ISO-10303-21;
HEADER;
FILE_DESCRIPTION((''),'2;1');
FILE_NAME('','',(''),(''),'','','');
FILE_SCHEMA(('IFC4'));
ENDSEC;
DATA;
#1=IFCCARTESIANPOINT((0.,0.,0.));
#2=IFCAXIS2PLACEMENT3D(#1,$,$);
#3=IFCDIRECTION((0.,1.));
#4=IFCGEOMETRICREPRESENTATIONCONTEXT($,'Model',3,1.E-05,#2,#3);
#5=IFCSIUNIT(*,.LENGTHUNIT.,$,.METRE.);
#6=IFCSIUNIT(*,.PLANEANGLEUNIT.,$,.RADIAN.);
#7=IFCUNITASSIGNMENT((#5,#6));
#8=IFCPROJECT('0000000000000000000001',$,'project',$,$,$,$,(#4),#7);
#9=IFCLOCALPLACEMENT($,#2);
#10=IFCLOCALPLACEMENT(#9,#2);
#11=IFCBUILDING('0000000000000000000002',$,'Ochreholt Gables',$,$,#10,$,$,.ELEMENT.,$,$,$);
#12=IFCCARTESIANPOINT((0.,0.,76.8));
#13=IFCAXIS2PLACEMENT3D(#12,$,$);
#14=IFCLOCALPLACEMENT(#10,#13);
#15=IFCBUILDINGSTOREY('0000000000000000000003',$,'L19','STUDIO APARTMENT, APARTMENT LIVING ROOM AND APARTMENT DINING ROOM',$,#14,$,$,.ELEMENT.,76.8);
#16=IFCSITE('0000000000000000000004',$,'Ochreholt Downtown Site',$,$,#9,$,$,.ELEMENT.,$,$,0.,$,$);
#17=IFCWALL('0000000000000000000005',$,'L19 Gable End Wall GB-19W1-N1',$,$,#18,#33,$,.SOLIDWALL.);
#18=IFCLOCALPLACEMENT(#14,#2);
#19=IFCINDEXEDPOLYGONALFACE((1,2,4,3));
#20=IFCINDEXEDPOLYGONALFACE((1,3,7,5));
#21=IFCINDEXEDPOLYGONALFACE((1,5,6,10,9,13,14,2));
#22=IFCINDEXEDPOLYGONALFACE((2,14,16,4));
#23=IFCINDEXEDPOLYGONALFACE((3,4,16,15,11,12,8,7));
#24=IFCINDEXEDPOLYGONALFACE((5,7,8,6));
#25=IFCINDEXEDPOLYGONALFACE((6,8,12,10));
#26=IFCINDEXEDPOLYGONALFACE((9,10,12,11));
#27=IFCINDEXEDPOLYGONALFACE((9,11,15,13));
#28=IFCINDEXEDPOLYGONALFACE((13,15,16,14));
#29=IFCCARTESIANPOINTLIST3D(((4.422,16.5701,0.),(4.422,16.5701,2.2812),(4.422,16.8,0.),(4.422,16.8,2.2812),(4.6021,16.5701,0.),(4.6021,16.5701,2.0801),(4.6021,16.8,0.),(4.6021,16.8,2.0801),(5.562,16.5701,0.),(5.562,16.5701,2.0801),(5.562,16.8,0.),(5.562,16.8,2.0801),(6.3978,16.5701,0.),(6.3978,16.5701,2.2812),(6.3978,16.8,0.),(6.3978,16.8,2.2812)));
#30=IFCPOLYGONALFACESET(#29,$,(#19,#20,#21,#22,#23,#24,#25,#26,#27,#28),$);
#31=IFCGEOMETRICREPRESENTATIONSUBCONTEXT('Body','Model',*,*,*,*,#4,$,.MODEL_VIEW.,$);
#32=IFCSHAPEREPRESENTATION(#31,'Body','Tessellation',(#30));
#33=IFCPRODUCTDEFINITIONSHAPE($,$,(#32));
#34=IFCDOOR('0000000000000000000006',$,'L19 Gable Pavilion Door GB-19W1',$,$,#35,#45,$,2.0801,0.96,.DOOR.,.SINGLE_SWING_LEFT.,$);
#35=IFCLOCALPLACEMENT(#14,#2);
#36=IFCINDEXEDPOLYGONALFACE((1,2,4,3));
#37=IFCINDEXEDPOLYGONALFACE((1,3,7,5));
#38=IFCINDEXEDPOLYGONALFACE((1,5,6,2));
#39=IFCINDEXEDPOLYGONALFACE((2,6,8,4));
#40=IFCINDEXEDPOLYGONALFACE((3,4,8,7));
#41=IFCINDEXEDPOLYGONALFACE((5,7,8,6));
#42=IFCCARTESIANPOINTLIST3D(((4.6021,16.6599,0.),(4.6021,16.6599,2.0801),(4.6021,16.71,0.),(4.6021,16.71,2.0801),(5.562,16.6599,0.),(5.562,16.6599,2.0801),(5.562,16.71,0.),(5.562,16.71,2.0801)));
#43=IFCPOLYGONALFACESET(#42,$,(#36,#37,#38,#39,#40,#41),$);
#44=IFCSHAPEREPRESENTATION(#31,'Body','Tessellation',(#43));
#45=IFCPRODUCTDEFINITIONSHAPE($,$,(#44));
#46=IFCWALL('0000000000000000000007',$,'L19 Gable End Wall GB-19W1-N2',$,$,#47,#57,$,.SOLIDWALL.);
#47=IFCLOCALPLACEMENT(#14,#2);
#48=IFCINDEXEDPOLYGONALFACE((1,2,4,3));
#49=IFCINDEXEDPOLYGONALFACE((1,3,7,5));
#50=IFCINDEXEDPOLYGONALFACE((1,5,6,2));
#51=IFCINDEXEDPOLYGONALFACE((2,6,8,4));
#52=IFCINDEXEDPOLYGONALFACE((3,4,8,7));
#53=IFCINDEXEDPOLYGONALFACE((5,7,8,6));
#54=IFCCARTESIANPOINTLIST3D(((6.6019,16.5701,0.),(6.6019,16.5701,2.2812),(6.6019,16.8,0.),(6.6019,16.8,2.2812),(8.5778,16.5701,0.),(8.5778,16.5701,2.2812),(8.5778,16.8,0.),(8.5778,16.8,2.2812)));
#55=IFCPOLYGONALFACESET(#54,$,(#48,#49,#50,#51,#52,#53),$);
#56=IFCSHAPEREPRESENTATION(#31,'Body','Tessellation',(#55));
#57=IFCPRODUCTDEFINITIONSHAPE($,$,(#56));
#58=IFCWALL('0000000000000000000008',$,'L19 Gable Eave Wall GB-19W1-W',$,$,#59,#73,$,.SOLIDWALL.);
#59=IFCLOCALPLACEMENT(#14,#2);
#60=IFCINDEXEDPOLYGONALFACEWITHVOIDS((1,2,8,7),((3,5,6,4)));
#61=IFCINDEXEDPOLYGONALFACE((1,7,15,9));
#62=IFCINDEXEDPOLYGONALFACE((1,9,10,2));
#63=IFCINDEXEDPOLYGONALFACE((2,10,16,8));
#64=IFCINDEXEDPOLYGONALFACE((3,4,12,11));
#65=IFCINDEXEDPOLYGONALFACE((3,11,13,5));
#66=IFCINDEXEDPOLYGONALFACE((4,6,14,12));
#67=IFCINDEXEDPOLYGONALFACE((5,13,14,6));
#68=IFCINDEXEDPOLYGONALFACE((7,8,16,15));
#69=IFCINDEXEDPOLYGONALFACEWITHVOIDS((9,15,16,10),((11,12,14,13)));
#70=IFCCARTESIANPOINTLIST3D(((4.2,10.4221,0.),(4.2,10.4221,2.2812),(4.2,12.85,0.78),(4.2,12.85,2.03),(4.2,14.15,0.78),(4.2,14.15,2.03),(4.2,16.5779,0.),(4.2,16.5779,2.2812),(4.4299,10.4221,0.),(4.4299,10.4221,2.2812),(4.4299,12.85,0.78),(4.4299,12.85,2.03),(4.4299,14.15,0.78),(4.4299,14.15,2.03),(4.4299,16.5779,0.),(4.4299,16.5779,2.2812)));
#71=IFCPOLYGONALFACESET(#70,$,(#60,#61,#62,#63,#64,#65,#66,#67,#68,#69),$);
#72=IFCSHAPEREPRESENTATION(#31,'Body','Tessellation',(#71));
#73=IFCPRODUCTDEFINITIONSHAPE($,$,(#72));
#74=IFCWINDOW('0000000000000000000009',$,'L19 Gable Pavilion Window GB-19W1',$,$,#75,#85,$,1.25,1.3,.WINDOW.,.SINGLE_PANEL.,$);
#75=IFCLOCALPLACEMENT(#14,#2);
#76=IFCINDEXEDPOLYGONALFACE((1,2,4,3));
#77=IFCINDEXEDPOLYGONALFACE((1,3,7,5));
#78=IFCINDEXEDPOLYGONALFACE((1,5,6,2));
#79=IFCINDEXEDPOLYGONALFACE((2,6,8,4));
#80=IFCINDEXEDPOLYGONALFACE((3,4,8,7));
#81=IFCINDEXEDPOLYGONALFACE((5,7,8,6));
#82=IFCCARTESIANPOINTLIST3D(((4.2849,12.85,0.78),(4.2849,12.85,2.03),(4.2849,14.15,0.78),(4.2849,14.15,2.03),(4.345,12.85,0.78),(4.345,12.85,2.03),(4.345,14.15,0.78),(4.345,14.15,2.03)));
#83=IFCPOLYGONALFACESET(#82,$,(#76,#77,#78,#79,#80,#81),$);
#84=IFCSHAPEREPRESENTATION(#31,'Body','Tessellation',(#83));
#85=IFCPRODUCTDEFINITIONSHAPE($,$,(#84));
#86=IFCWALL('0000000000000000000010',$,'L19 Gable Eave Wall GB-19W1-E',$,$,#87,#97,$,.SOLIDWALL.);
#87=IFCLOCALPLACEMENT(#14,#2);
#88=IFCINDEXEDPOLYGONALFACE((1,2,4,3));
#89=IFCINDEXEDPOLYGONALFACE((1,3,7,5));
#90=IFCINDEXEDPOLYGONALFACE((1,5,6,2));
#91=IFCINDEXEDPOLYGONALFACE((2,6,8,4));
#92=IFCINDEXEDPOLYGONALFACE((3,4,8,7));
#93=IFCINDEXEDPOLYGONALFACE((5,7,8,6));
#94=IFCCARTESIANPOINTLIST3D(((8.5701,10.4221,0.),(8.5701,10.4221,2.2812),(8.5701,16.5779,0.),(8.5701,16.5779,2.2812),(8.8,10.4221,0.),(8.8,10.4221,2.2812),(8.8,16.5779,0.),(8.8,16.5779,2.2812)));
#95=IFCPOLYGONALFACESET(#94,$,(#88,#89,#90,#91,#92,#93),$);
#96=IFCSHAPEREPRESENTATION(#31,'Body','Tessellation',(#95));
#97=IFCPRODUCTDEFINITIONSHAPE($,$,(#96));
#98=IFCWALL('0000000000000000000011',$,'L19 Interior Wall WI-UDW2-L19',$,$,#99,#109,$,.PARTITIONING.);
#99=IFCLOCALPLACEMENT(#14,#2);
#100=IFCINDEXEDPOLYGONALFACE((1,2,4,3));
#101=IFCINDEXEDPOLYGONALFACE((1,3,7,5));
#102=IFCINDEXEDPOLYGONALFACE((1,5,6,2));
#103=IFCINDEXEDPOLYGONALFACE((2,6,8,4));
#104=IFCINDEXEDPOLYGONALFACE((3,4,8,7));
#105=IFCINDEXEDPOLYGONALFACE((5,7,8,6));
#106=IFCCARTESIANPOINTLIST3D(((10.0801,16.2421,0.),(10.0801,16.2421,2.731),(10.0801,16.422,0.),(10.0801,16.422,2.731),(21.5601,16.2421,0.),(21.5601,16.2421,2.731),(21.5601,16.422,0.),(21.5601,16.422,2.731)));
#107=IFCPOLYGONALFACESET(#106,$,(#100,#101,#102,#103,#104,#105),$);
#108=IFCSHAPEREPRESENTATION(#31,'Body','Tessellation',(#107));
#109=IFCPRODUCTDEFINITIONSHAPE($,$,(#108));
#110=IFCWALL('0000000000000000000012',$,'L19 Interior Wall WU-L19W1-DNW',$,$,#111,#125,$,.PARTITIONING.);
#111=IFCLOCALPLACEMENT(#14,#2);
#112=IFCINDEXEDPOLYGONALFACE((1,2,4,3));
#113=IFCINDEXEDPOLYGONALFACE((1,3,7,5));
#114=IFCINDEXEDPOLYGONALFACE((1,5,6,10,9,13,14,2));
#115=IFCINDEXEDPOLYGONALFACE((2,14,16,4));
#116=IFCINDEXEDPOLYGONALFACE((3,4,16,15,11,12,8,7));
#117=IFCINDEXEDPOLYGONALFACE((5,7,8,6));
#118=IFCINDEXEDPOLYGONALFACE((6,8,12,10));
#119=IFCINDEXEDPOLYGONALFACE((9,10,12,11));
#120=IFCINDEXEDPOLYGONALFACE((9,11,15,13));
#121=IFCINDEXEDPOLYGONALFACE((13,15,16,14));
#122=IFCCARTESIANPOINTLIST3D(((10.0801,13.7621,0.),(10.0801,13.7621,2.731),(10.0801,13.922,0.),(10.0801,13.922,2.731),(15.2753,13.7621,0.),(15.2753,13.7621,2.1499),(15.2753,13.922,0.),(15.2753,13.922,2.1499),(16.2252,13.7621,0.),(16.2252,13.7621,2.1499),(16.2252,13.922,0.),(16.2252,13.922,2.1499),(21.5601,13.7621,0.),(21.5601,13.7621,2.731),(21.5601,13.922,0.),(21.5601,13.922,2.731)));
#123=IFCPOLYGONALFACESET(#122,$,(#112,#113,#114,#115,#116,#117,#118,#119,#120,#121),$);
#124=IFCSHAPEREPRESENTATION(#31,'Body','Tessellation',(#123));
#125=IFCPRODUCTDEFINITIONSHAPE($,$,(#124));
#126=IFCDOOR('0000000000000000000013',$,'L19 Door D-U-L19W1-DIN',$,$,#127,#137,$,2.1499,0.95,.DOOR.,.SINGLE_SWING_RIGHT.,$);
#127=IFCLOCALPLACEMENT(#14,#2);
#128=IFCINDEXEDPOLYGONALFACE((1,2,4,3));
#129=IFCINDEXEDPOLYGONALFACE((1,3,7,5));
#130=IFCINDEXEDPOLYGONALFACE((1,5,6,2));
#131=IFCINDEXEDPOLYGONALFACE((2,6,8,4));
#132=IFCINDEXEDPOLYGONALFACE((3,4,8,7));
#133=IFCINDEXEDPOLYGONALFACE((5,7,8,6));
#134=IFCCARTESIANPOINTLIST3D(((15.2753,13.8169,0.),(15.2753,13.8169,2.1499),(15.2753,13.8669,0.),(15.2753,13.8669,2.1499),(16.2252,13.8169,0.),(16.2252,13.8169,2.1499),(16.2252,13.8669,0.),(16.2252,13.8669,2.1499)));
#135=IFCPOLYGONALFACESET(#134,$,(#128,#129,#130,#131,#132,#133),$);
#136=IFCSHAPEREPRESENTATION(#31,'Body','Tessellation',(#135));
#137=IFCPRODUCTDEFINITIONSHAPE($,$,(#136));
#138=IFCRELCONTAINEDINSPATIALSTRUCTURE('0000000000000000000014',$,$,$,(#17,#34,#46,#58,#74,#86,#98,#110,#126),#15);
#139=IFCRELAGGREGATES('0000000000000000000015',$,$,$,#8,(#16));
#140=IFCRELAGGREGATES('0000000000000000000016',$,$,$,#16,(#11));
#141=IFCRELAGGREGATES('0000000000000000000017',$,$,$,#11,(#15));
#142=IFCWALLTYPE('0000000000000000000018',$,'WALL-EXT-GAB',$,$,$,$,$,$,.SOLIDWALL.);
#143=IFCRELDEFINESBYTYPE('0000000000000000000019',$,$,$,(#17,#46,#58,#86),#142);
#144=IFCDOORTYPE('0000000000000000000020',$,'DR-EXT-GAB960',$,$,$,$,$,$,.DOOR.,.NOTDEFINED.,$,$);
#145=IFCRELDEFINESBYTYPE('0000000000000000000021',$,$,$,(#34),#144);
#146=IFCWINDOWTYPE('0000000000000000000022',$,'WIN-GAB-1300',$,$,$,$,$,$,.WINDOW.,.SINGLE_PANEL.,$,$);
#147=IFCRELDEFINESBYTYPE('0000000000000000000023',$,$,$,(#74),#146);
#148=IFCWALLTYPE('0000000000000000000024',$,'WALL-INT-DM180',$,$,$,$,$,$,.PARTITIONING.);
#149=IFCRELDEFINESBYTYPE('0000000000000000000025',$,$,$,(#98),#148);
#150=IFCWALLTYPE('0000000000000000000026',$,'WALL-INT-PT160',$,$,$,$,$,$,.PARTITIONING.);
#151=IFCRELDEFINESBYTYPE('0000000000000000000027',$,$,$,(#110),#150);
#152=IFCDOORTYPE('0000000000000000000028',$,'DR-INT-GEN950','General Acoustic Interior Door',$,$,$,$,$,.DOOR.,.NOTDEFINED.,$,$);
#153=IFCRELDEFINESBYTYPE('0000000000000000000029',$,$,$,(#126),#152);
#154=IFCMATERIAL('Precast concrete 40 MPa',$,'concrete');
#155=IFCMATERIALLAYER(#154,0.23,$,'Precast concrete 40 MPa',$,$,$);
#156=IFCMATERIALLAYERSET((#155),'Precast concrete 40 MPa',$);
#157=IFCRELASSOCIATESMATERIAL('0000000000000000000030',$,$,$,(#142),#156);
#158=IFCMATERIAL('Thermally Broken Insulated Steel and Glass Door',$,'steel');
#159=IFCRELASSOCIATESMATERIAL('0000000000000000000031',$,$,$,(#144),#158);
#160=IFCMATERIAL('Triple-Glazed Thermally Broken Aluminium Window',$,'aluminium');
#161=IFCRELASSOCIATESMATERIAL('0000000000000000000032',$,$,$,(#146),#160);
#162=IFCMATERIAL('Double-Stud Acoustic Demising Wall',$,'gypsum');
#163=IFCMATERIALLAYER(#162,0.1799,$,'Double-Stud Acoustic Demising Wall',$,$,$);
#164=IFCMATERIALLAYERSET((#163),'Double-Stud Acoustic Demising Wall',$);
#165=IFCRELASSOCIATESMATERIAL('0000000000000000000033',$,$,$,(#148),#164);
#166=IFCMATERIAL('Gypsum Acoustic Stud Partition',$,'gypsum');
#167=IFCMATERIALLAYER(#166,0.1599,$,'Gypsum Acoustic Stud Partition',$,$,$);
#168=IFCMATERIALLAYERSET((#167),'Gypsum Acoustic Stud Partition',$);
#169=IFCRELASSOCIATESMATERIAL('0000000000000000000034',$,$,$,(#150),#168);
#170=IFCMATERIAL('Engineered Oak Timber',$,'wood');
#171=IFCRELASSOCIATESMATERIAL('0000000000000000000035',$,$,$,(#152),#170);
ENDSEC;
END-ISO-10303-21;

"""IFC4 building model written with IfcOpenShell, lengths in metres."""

from ifc_helpers import new_model, si_unit, direction, frame, frame_2d, origin, place, context, subcontext, project, spatial, rectangle, extrude, material, layer, layer_set, type_object, element, fill, save


model = new_model("IFC4")

# Units and contexts
model_context = context("Model", 3, precision=1e-05, world=origin(), true_north=direction((0.0, 1.0)))
body_context = subcontext(model_context, "Body", "Model", "MODEL_VIEW")
ifc_project = project(units=[si_unit("LENGTHUNIT", "METRE"), si_unit("PLANEANGLEUNIT", "RADIAN")], contexts=[model_context])

# Site, building, storey
site_placement = place(None, origin())
site = spatial("IfcSite", under=ifc_project, at=site_placement, Name="Ochreholt Downtown Site", CompositionType="ELEMENT", RefElevation=0.0)
building_placement = place(site_placement, origin())
building = spatial("IfcBuilding", under=site, at=building_placement, Name="Ochreholt Gables", CompositionType="ELEMENT")
storey_placement = place(building_placement, frame((0.0, 0.0, 76.8)))
storey = spatial("IfcBuildingStorey", under=building, at=storey_placement, Name="L19", Description="STUDIO APARTMENT, APARTMENT LIVING ROOM AND APARTMENT DINING ROOM", CompositionType="ELEMENT", Elevation=76.8)

# Wall, opening, door
ifc_material_1 = material(Name="Precast concrete 40 MPa", Category="concrete")
ifc_layer_1 = layer(ifc_material_1, 0.23, Name="Precast concrete 40 MPa")
ifc_layer_set_1 = layer_set([ifc_layer_1], Name="Precast concrete 40 MPa")
wall_type_1 = type_object("IfcWallType", Name="WALL-EXT-GAB", PredefinedType="SOLIDWALL", material=ifc_layer_set_1)
wall_1_placement = place(storey_placement, frame((4.4221, 16.6851, 0.0), z_axis=(0.0, 0.0, 1.0), x_axis=(1.0, 0.0, 0.0)))
wall_1 = element("IfcWall", 1, at=wall_1_placement, inside=storey, type_object=wall_type_1, Name="L19 Gable End Wall GB-19W1-N1", PredefinedType="SOLIDWALL", context=body_context, shape_type="SweptSolid", body=[
    extrude(rectangle(XDim=1.9758, YDim=0.23, at=frame_2d((0.9878, 0.0))), origin(), (0.0, 0.0, 1.0), 2.2812),
])
opening_1_placement = place(wall_1_placement, frame((0.1799, 0.0, 0.0)))
opening_1 = element("IfcOpeningElement", 2, at=opening_1_placement, cuts=wall_1, PredefinedType="OPENING", context=body_context, shape_type="SweptSolid", body=[
    extrude(rectangle(XDim=0.96, YDim=2.0801, at=frame_2d((0.48, 1.04))), frame((0.0, 0.125, 0.0), z_axis=(0.0, -1.0, 0.0), x_axis=(1.0, 0.0, 0.0)), (0.0, 0.0, 1.0), 0.25),
])
ifc_material_2 = material(Name="Thermally Broken Insulated Steel and Glass Door", Category="steel")
door_type_1 = type_object("IfcDoorType", Name="DR-EXT-GAB960", OperationType="NOTDEFINED", PredefinedType="DOOR", material=ifc_material_2)
door_1_placement = place(opening_1_placement, origin())
door_1 = element("IfcDoor", 3, at=door_1_placement, inside=storey, type_object=door_type_1, Name="L19 Gable Pavilion Door GB-19W1", OperationType="SINGLE_SWING_LEFT", OverallHeight=2.0801, OverallWidth=0.96, PredefinedType="DOOR", context=body_context, shape_type="SweptSolid", body=[
    extrude(rectangle(XDim=0.96, YDim=2.0801, at=frame_2d((0.48, 1.04))), frame((0.0, 0.0249, 0.0), z_axis=(0.0, -1.0, 0.0), x_axis=(1.0, 0.0, 0.0)), (0.0, 0.0, 1.0), 0.05),
])
fill(opening_1, door_1)

# Wall
wall_2_placement = place(storey_placement, frame((6.6021, 16.6851, 0.0), z_axis=(0.0, 0.0, 1.0), x_axis=(1.0, 0.0, 0.0)))
element("IfcWall", 4, at=wall_2_placement, inside=storey, type_object=wall_type_1, Name="L19 Gable End Wall GB-19W1-N2", PredefinedType="SOLIDWALL", context=body_context, shape_type="SweptSolid", body=[
    extrude(rectangle(XDim=1.9758, YDim=0.23, at=frame_2d((0.9878, 0.0))), origin(), (0.0, 0.0, 1.0), 2.2812),
])

# Wall, opening, window
wall_3_placement = place(storey_placement, frame((4.3149, 10.4221, 0.0), z_axis=(0.0, 0.0, 1.0), x_axis=(0.0, 1.0, 0.0)))
wall_3 = element("IfcWall", 5, at=wall_3_placement, inside=storey, type_object=wall_type_1, Name="L19 Gable Eave Wall GB-19W1-W", PredefinedType="SOLIDWALL", context=body_context, shape_type="SweptSolid", body=[
    extrude(rectangle(XDim=6.1558, YDim=0.23, at=frame_2d((3.0779, 0.0))), origin(), (0.0, 0.0, 1.0), 2.2812),
])
opening_2_placement = place(wall_3_placement, frame((2.428, 0.0, 0.78)))
opening_2 = element("IfcOpeningElement", 6, at=opening_2_placement, cuts=wall_3, PredefinedType="OPENING", context=body_context, shape_type="SweptSolid", body=[
    extrude(rectangle(XDim=1.3, YDim=1.25, at=frame_2d((0.6499, 0.625))), frame((0.0, 0.125, 0.0), z_axis=(0.0, -1.0, 0.0), x_axis=(1.0, 0.0, 0.0)), (0.0, 0.0, 1.0), 0.25),
])
ifc_material_3 = material(Name="Triple-Glazed Thermally Broken Aluminium Window", Category="aluminium")
window_type = type_object("IfcWindowType", Name="WIN-GAB-1300", PartitioningType="SINGLE_PANEL", PredefinedType="WINDOW", material=ifc_material_3)
window_placement = place(opening_2_placement, origin())
window = element("IfcWindow", 7, at=window_placement, inside=storey, type_object=window_type, Name="L19 Gable Pavilion Window GB-19W1", OverallHeight=1.25, OverallWidth=1.3, PartitioningType="SINGLE_PANEL", PredefinedType="WINDOW", context=body_context, shape_type="SweptSolid", body=[
    extrude(rectangle(XDim=1.3, YDim=1.25, at=frame_2d((0.6499, 0.625))), frame((0.0, 0.03, 0.0), z_axis=(0.0, -1.0, 0.0), x_axis=(1.0, 0.0, 0.0)), (0.0, 0.0, 1.0), 0.0601),
])
fill(opening_2, window)

# Walls
wall_4_placement = place(storey_placement, frame((8.6851, 10.4221, 0.0), z_axis=(0.0, 0.0, 1.0), x_axis=(0.0, 1.0, 0.0)))
element("IfcWall", 8, at=wall_4_placement, inside=storey, type_object=wall_type_1, Name="L19 Gable Eave Wall GB-19W1-E", PredefinedType="SOLIDWALL", context=body_context, shape_type="SweptSolid", body=[
    extrude(rectangle(XDim=6.1558, YDim=0.23, at=frame_2d((3.0779, 0.0))), origin(), (0.0, 0.0, 1.0), 2.2812),
])
ifc_material_4 = material(Name="Double-Stud Acoustic Demising Wall", Category="gypsum")
ifc_layer_2 = layer(ifc_material_4, 0.1799, Name="Double-Stud Acoustic Demising Wall")
ifc_layer_set_2 = layer_set([ifc_layer_2], Name="Double-Stud Acoustic Demising Wall")
wall_type_2 = type_object("IfcWallType", Name="WALL-INT-DM180", PredefinedType="PARTITIONING", material=ifc_layer_set_2)
wall_5_placement = place(storey_placement, frame((10.0801, 16.332, 0.0), z_axis=(0.0, 0.0, 1.0), x_axis=(1.0, 0.0, 0.0)))
element("IfcWall", 9, at=wall_5_placement, inside=storey, type_object=wall_type_2, Name="L19 Interior Wall WI-UDW2-L19", PredefinedType="PARTITIONING", context=body_context, shape_type="SweptSolid", body=[
    extrude(rectangle(XDim=11.48, YDim=0.1799, at=frame_2d((5.74, 0.0))), origin(), (0.0, 0.0, 1.0), 2.731),
])

# Wall, opening, door
ifc_material_5 = material(Name="Gypsum Acoustic Stud Partition", Category="gypsum")
ifc_layer_3 = layer(ifc_material_5, 0.1599, Name="Gypsum Acoustic Stud Partition")
ifc_layer_set_3 = layer_set([ifc_layer_3], Name="Gypsum Acoustic Stud Partition")
wall_type_3 = type_object("IfcWallType", Name="WALL-INT-PT160", PredefinedType="PARTITIONING", material=ifc_layer_set_3)
wall_6_placement = place(storey_placement, frame((10.0801, 13.842, 0.0), z_axis=(0.0, 0.0, 1.0), x_axis=(1.0, 0.0, 0.0)))
wall_6 = element("IfcWall", 10, at=wall_6_placement, inside=storey, type_object=wall_type_3, Name="L19 Interior Wall WU-L19W1-DNW", PredefinedType="PARTITIONING", context=body_context, shape_type="SweptSolid", body=[
    extrude(rectangle(XDim=11.48, YDim=0.1599, at=frame_2d((5.74, 0.0))), origin(), (0.0, 0.0, 1.0), 2.731),
])
opening_3_placement = place(wall_6_placement, frame((5.1951, 0.0, 0.0)))
opening_3 = element("IfcOpeningElement", 11, at=opening_3_placement, cuts=wall_6, PredefinedType="OPENING", context=body_context, shape_type="SweptSolid", body=[
    extrude(rectangle(XDim=0.95, YDim=2.1499, at=frame_2d((0.4751, 1.075))), frame((0.0, 0.0898, 0.0), z_axis=(0.0, -1.0, 0.0), x_axis=(1.0, 0.0, 0.0)), (0.0, 0.0, 1.0), 0.1799),
])
ifc_material_6 = material(Name="Engineered Oak Timber", Category="wood")
door_type_2 = type_object("IfcDoorType", Name="DR-INT-GEN950", Description="General Acoustic Interior Door", OperationType="NOTDEFINED", PredefinedType="DOOR", material=ifc_material_6)
door_2_placement = place(opening_3_placement, origin())
door_2 = element("IfcDoor", 12, at=door_2_placement, inside=storey, type_object=door_type_2, Name="L19 Door D-U-L19W1-DIN", OperationType="SINGLE_SWING_RIGHT", OverallHeight=2.1499, OverallWidth=0.95, PredefinedType="DOOR", context=body_context, shape_type="SweptSolid", body=[
    extrude(rectangle(XDim=0.95, YDim=2.1499, at=frame_2d((0.4751, 1.075))), frame((0.0, 0.0249, 0.0), z_axis=(0.0, -1.0, 0.0), x_axis=(1.0, 0.0, 0.0)), (0.0, 0.0, 1.0), 0.05),
])
fill(opening_3, door_2)

save(model, "model.ifc")
